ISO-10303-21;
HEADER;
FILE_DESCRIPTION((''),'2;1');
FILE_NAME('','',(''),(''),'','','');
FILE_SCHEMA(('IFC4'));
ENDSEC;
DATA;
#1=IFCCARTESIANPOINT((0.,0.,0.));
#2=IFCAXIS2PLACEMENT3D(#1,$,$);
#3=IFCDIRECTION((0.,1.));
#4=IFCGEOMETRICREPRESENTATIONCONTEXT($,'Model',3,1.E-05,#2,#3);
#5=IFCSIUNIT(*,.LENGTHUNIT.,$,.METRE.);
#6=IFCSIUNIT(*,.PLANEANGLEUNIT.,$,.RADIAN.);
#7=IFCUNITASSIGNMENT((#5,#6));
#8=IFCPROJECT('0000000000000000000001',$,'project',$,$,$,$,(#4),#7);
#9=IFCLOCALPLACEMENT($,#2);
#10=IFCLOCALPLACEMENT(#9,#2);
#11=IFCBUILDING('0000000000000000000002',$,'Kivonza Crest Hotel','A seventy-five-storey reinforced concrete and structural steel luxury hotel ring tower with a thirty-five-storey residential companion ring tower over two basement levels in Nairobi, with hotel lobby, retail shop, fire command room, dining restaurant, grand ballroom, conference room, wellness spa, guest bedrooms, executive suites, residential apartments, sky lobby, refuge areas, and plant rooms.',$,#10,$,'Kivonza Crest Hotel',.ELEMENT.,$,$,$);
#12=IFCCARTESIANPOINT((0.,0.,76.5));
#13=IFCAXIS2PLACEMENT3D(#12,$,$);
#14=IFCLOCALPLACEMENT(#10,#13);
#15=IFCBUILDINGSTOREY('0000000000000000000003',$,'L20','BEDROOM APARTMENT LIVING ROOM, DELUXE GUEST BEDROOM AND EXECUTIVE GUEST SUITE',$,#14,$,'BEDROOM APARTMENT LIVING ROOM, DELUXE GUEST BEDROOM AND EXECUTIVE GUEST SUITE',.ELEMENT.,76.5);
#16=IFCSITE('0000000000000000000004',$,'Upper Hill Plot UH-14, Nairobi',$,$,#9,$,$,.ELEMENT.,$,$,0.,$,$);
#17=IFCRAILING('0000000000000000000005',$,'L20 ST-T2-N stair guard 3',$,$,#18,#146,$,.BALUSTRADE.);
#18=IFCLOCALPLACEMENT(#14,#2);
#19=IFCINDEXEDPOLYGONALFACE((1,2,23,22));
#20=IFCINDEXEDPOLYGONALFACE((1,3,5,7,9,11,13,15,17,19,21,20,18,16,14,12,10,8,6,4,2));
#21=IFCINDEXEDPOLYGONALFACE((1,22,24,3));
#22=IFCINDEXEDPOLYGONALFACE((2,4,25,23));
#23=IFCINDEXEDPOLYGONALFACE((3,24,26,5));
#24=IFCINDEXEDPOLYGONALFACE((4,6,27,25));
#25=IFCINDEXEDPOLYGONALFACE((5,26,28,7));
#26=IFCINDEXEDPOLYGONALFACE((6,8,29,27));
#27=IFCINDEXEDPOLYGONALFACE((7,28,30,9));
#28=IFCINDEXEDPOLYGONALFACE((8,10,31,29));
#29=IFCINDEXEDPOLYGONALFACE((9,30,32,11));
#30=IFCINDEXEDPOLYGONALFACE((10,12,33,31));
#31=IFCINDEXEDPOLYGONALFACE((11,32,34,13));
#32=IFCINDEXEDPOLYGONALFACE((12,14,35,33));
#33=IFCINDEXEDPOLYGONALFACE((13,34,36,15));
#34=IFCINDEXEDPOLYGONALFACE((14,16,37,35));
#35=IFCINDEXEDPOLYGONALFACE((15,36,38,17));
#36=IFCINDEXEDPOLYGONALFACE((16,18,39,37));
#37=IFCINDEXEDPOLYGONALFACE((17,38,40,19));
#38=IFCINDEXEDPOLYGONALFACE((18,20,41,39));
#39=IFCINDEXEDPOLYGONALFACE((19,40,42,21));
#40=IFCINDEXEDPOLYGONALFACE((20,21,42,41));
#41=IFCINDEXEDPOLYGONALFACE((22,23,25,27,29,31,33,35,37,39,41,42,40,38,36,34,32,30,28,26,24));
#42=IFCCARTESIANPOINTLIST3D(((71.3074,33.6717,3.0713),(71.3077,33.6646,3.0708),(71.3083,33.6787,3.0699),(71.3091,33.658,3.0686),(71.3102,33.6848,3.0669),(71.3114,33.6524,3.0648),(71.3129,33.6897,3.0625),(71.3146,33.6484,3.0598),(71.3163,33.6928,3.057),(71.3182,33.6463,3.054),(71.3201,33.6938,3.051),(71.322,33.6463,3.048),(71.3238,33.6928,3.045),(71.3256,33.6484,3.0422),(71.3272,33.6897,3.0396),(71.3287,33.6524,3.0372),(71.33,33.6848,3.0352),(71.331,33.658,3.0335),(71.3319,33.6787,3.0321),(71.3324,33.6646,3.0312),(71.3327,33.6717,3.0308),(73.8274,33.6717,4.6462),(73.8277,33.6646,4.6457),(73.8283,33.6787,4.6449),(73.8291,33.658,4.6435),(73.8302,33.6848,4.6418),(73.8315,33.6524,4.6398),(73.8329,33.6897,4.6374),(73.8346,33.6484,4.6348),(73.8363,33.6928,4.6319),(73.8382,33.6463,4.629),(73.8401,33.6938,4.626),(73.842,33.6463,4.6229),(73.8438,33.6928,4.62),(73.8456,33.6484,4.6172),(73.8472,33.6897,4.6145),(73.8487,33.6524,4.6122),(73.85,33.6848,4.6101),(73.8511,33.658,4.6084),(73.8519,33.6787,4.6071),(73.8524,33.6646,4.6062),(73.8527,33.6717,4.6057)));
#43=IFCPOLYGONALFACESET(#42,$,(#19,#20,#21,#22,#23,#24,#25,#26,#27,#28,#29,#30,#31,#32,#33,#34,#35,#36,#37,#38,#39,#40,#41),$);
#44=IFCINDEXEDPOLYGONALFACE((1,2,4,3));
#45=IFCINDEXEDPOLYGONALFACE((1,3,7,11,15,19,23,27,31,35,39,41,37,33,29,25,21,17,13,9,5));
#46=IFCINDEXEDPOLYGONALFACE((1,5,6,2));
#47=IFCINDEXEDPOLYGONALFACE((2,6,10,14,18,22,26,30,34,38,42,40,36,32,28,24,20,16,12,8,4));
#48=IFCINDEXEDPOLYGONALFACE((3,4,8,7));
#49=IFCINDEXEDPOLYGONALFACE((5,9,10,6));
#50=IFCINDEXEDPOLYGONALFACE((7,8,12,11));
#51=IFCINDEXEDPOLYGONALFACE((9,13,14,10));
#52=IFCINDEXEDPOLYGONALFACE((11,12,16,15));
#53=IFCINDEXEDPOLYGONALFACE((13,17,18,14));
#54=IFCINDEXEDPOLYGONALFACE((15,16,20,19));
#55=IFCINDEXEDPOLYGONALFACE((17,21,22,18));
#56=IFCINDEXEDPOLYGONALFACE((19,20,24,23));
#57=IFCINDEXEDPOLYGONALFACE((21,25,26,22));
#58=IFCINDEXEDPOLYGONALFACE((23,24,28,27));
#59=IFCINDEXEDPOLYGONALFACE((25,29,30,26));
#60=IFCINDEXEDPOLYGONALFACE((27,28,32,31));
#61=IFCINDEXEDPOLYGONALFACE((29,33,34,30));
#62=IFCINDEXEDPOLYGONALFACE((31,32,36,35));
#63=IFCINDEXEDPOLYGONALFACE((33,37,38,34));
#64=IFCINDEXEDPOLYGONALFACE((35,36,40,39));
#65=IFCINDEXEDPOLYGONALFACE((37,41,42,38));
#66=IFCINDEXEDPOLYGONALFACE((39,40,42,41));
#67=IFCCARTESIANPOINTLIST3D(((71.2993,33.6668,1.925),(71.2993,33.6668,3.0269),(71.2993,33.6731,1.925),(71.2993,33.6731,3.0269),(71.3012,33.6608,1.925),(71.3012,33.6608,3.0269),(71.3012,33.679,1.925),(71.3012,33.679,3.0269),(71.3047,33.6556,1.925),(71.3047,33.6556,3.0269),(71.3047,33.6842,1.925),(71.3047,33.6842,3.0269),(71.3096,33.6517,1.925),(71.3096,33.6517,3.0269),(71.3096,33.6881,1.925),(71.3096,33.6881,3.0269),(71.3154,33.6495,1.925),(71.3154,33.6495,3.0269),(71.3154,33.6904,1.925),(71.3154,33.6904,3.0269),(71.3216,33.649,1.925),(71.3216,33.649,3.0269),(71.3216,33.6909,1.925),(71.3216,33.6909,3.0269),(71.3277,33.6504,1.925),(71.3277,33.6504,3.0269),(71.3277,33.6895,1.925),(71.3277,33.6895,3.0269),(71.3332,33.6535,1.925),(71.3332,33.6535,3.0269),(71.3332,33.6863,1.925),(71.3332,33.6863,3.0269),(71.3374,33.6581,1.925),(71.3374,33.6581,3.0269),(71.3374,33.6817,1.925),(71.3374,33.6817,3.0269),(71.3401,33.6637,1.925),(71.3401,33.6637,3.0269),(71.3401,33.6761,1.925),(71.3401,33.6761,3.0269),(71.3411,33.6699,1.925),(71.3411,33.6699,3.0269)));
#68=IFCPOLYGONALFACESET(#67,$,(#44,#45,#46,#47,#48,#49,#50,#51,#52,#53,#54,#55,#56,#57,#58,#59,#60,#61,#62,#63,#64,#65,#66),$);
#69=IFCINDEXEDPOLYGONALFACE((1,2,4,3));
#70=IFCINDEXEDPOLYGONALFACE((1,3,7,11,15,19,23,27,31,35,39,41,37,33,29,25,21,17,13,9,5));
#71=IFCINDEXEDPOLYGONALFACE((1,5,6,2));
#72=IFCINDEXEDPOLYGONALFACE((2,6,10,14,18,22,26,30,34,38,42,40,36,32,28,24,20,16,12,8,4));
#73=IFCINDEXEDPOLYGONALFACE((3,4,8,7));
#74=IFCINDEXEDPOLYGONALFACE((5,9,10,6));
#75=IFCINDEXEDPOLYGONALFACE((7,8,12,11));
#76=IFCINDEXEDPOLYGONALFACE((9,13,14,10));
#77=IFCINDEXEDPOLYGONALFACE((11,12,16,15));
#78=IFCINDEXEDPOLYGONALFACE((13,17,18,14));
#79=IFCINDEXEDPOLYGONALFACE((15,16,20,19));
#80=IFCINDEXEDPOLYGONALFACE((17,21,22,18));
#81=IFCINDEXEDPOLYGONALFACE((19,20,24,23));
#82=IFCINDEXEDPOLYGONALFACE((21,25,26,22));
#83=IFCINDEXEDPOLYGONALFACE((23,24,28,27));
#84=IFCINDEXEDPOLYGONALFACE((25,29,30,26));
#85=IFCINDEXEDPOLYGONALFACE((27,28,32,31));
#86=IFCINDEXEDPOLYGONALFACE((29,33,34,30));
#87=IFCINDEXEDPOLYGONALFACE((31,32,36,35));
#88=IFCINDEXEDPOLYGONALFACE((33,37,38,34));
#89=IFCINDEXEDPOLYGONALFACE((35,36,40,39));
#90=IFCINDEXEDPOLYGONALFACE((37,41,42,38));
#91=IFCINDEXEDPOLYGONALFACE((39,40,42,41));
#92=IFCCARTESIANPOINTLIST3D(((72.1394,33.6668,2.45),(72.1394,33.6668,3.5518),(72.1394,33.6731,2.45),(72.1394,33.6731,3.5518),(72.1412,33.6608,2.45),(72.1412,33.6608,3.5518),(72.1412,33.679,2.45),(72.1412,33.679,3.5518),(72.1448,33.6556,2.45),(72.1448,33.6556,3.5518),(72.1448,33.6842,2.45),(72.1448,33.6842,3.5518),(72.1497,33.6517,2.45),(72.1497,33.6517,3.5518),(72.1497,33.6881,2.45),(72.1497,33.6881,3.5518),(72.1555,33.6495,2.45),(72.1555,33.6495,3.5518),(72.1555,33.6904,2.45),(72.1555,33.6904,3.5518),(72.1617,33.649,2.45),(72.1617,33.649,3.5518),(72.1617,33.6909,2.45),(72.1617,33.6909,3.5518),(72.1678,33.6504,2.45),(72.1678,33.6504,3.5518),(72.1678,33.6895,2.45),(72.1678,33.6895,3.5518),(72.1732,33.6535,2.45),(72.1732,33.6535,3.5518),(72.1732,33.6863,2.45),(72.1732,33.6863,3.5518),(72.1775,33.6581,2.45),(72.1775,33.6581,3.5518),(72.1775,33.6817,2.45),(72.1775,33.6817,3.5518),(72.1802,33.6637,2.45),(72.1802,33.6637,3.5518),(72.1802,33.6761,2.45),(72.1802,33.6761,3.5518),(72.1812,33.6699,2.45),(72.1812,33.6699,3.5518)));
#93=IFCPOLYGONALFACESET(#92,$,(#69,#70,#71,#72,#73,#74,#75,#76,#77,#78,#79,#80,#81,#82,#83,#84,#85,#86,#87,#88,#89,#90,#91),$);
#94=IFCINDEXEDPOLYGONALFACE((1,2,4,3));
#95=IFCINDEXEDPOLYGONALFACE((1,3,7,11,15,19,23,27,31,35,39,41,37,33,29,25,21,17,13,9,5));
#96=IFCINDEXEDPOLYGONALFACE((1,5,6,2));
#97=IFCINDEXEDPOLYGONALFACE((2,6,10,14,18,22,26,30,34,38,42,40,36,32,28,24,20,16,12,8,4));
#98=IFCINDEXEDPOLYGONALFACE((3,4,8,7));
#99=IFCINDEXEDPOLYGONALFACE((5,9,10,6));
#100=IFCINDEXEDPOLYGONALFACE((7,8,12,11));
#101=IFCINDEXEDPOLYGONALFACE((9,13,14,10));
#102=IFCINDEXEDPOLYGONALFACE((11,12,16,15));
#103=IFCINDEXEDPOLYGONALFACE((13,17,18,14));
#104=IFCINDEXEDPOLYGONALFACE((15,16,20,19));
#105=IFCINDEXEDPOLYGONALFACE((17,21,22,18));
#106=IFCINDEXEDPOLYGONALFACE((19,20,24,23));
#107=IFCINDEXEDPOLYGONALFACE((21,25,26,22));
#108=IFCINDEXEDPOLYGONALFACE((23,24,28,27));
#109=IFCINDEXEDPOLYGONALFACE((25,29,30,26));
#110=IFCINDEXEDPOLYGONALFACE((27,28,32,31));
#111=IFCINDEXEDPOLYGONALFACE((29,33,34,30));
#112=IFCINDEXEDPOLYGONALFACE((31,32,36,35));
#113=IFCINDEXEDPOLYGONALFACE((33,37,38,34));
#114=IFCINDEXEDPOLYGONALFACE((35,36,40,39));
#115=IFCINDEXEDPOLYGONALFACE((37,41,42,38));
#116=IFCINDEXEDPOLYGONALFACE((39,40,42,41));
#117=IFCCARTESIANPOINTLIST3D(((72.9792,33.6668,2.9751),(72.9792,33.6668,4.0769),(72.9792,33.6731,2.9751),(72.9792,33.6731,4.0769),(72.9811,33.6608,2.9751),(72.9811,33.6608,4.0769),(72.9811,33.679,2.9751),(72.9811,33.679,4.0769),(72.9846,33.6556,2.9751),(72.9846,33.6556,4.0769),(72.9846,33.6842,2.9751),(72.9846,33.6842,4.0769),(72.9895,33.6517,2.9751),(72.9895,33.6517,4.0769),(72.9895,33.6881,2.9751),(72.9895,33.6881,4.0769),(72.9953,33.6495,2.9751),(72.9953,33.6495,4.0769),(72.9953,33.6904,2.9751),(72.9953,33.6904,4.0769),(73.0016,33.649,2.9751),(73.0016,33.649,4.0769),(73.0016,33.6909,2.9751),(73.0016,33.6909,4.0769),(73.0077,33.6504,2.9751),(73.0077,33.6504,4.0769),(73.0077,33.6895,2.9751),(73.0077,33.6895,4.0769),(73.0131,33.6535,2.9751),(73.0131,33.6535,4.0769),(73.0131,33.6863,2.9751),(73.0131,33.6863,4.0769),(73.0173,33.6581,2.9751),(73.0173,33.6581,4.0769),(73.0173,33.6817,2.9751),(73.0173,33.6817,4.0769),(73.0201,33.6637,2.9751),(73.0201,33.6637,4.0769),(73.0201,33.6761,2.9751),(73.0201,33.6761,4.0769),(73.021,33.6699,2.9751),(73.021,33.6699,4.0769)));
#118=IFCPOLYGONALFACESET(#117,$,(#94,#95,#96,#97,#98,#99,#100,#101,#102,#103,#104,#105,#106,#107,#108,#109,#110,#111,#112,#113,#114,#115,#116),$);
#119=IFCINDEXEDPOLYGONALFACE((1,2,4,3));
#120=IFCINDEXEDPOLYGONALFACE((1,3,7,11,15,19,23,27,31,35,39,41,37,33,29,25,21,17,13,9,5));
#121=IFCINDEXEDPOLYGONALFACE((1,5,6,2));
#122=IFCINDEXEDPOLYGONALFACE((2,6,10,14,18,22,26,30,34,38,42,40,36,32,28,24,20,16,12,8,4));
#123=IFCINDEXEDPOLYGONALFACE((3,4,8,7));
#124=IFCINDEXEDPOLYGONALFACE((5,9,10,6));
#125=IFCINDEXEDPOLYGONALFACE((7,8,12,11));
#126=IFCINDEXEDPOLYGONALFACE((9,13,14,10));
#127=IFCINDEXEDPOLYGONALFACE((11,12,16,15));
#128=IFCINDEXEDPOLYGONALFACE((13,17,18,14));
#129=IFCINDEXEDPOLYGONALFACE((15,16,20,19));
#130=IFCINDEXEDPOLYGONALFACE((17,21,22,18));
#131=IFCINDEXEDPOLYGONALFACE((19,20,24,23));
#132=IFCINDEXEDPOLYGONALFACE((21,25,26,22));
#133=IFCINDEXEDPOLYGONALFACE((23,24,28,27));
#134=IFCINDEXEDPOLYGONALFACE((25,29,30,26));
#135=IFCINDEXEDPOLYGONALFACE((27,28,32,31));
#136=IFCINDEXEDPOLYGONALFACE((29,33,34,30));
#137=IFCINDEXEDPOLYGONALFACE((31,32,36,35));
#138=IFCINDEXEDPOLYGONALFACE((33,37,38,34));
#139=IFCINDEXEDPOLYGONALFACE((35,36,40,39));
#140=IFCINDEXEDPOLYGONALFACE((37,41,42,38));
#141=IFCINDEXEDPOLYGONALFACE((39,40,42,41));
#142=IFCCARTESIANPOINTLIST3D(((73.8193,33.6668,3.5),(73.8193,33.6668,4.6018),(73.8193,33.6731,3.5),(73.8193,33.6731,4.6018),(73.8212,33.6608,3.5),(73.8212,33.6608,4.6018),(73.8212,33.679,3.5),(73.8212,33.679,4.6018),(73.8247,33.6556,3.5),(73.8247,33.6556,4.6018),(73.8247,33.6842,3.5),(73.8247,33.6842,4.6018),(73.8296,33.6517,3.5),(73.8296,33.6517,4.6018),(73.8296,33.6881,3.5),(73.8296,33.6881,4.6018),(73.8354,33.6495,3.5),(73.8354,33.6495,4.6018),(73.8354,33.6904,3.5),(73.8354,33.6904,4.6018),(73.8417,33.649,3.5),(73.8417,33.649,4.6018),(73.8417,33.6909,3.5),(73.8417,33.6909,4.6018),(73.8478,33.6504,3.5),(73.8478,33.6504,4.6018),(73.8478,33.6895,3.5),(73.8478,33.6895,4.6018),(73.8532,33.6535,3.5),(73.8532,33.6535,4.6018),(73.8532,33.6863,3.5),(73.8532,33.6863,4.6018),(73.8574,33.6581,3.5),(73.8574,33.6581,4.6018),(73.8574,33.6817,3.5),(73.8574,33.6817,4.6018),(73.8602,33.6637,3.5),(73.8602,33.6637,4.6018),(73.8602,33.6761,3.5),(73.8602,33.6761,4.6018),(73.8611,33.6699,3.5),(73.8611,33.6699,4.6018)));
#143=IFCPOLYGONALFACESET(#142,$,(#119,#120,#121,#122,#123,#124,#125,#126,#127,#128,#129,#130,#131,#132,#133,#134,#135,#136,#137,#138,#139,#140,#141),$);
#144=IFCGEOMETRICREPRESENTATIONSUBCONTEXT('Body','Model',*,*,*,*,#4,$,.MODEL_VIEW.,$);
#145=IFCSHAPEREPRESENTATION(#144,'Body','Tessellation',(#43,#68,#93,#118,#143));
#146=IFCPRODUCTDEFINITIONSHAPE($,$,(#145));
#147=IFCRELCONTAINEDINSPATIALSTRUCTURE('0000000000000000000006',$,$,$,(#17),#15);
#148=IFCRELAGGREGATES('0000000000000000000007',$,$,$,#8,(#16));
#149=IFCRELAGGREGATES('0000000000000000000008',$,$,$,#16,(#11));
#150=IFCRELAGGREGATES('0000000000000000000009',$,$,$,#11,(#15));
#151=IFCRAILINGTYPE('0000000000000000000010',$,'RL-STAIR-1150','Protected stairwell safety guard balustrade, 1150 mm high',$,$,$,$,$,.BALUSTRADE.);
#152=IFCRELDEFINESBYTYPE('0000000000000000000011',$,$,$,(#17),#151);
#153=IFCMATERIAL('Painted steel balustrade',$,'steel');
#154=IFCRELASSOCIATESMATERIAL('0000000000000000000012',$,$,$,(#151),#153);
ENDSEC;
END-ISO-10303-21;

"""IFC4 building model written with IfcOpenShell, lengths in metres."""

from ifc_helpers import new_model, si_unit, direction, frame, origin, origin_2d, place, context, subcontext, project, spatial, circle, extrude, material, type_object, element, save


model = new_model("IFC4")

# Units and contexts
model_context = context("Model", 3, precision=1e-05, world=origin(), true_north=direction((0.0, 1.0)))
body_context = subcontext(model_context, "Body", "Model", "MODEL_VIEW")
ifc_project = project(units=[si_unit("LENGTHUNIT", "METRE"), si_unit("PLANEANGLEUNIT", "RADIAN")], contexts=[model_context])

# Site, building, storey
site_placement = place(None, origin())
site = spatial("IfcSite", under=ifc_project, at=site_placement, Name="Upper Hill Plot UH-14, Nairobi", CompositionType="ELEMENT", RefElevation=0.0)
building_placement = place(site_placement, origin())
building = spatial("IfcBuilding", under=site, at=building_placement, Name="Kivonza Crest Hotel", Description="A seventy-five-storey reinforced concrete and structural steel luxury hotel ring tower with a thirty-five-storey residential companion ring tower over two basement levels in Nairobi, with hotel lobby, retail shop, fire command room, dining restaurant, grand ballroom, conference room, wellness spa, guest bedrooms, executive suites, residential apartments, sky lobby, refuge areas, and plant rooms.", LongName="Kivonza Crest Hotel", CompositionType="ELEMENT")
storey_placement = place(building_placement, frame((0.0, 0.0, 76.5)))
storey = spatial("IfcBuildingStorey", under=building, at=storey_placement, Name="L20", Description="BEDROOM APARTMENT LIVING ROOM, DELUXE GUEST BEDROOM AND EXECUTIVE GUEST SUITE", LongName="BEDROOM APARTMENT LIVING ROOM, DELUXE GUEST BEDROOM AND EXECUTIVE GUEST SUITE", CompositionType="ELEMENT", Elevation=76.5)

# Railing
ifc_material_1 = material(Name="Painted steel balustrade", Category="steel")
railing_type_1 = type_object("IfcRailingType", Name="RL-STAIR-1150", Description="Protected stairwell safety guard balustrade, 1150 mm high", PredefinedType="BALUSTRADE", material=ifc_material_1)
railing_1_placement = place(storey_placement, frame((71.3201, 33.6699, 1.925)))
element("IfcRailing", 1, at=railing_1_placement, inside=storey, type_object=railing_type_1, Name="L20 ST-T2-N stair guard 3", PredefinedType="BALUSTRADE", context=body_context, shape_type="SweptSolid", body=[
    extrude(circle(Radius=0.0239, at=origin_2d()), frame((0.0, 0.0, 1.126), z_axis=(0.848008, 0.0, 0.529984), x_axis=(0.0, 1.0, 0.0)), (0.0, 0.0, 1.0), 2.9717),
    extrude(circle(Radius=0.021, at=origin_2d()), origin(), (0.0, 0.0, 1.0), 1.1018),
    extrude(circle(Radius=0.021, at=origin_2d()), frame((0.8401, 0.0, 0.5249)), (0.0, 0.0, 1.0), 1.1018),
    extrude(circle(Radius=0.021, at=origin_2d()), frame((1.6799, 0.0, 1.05)), (0.0, 0.0, 1.0), 1.1018),
    extrude(circle(Radius=0.021, at=origin_2d()), frame((2.52, 0.0, 1.575)), (0.0, 0.0, 1.0), 1.1018),
])

save(model, "model.ifc")
